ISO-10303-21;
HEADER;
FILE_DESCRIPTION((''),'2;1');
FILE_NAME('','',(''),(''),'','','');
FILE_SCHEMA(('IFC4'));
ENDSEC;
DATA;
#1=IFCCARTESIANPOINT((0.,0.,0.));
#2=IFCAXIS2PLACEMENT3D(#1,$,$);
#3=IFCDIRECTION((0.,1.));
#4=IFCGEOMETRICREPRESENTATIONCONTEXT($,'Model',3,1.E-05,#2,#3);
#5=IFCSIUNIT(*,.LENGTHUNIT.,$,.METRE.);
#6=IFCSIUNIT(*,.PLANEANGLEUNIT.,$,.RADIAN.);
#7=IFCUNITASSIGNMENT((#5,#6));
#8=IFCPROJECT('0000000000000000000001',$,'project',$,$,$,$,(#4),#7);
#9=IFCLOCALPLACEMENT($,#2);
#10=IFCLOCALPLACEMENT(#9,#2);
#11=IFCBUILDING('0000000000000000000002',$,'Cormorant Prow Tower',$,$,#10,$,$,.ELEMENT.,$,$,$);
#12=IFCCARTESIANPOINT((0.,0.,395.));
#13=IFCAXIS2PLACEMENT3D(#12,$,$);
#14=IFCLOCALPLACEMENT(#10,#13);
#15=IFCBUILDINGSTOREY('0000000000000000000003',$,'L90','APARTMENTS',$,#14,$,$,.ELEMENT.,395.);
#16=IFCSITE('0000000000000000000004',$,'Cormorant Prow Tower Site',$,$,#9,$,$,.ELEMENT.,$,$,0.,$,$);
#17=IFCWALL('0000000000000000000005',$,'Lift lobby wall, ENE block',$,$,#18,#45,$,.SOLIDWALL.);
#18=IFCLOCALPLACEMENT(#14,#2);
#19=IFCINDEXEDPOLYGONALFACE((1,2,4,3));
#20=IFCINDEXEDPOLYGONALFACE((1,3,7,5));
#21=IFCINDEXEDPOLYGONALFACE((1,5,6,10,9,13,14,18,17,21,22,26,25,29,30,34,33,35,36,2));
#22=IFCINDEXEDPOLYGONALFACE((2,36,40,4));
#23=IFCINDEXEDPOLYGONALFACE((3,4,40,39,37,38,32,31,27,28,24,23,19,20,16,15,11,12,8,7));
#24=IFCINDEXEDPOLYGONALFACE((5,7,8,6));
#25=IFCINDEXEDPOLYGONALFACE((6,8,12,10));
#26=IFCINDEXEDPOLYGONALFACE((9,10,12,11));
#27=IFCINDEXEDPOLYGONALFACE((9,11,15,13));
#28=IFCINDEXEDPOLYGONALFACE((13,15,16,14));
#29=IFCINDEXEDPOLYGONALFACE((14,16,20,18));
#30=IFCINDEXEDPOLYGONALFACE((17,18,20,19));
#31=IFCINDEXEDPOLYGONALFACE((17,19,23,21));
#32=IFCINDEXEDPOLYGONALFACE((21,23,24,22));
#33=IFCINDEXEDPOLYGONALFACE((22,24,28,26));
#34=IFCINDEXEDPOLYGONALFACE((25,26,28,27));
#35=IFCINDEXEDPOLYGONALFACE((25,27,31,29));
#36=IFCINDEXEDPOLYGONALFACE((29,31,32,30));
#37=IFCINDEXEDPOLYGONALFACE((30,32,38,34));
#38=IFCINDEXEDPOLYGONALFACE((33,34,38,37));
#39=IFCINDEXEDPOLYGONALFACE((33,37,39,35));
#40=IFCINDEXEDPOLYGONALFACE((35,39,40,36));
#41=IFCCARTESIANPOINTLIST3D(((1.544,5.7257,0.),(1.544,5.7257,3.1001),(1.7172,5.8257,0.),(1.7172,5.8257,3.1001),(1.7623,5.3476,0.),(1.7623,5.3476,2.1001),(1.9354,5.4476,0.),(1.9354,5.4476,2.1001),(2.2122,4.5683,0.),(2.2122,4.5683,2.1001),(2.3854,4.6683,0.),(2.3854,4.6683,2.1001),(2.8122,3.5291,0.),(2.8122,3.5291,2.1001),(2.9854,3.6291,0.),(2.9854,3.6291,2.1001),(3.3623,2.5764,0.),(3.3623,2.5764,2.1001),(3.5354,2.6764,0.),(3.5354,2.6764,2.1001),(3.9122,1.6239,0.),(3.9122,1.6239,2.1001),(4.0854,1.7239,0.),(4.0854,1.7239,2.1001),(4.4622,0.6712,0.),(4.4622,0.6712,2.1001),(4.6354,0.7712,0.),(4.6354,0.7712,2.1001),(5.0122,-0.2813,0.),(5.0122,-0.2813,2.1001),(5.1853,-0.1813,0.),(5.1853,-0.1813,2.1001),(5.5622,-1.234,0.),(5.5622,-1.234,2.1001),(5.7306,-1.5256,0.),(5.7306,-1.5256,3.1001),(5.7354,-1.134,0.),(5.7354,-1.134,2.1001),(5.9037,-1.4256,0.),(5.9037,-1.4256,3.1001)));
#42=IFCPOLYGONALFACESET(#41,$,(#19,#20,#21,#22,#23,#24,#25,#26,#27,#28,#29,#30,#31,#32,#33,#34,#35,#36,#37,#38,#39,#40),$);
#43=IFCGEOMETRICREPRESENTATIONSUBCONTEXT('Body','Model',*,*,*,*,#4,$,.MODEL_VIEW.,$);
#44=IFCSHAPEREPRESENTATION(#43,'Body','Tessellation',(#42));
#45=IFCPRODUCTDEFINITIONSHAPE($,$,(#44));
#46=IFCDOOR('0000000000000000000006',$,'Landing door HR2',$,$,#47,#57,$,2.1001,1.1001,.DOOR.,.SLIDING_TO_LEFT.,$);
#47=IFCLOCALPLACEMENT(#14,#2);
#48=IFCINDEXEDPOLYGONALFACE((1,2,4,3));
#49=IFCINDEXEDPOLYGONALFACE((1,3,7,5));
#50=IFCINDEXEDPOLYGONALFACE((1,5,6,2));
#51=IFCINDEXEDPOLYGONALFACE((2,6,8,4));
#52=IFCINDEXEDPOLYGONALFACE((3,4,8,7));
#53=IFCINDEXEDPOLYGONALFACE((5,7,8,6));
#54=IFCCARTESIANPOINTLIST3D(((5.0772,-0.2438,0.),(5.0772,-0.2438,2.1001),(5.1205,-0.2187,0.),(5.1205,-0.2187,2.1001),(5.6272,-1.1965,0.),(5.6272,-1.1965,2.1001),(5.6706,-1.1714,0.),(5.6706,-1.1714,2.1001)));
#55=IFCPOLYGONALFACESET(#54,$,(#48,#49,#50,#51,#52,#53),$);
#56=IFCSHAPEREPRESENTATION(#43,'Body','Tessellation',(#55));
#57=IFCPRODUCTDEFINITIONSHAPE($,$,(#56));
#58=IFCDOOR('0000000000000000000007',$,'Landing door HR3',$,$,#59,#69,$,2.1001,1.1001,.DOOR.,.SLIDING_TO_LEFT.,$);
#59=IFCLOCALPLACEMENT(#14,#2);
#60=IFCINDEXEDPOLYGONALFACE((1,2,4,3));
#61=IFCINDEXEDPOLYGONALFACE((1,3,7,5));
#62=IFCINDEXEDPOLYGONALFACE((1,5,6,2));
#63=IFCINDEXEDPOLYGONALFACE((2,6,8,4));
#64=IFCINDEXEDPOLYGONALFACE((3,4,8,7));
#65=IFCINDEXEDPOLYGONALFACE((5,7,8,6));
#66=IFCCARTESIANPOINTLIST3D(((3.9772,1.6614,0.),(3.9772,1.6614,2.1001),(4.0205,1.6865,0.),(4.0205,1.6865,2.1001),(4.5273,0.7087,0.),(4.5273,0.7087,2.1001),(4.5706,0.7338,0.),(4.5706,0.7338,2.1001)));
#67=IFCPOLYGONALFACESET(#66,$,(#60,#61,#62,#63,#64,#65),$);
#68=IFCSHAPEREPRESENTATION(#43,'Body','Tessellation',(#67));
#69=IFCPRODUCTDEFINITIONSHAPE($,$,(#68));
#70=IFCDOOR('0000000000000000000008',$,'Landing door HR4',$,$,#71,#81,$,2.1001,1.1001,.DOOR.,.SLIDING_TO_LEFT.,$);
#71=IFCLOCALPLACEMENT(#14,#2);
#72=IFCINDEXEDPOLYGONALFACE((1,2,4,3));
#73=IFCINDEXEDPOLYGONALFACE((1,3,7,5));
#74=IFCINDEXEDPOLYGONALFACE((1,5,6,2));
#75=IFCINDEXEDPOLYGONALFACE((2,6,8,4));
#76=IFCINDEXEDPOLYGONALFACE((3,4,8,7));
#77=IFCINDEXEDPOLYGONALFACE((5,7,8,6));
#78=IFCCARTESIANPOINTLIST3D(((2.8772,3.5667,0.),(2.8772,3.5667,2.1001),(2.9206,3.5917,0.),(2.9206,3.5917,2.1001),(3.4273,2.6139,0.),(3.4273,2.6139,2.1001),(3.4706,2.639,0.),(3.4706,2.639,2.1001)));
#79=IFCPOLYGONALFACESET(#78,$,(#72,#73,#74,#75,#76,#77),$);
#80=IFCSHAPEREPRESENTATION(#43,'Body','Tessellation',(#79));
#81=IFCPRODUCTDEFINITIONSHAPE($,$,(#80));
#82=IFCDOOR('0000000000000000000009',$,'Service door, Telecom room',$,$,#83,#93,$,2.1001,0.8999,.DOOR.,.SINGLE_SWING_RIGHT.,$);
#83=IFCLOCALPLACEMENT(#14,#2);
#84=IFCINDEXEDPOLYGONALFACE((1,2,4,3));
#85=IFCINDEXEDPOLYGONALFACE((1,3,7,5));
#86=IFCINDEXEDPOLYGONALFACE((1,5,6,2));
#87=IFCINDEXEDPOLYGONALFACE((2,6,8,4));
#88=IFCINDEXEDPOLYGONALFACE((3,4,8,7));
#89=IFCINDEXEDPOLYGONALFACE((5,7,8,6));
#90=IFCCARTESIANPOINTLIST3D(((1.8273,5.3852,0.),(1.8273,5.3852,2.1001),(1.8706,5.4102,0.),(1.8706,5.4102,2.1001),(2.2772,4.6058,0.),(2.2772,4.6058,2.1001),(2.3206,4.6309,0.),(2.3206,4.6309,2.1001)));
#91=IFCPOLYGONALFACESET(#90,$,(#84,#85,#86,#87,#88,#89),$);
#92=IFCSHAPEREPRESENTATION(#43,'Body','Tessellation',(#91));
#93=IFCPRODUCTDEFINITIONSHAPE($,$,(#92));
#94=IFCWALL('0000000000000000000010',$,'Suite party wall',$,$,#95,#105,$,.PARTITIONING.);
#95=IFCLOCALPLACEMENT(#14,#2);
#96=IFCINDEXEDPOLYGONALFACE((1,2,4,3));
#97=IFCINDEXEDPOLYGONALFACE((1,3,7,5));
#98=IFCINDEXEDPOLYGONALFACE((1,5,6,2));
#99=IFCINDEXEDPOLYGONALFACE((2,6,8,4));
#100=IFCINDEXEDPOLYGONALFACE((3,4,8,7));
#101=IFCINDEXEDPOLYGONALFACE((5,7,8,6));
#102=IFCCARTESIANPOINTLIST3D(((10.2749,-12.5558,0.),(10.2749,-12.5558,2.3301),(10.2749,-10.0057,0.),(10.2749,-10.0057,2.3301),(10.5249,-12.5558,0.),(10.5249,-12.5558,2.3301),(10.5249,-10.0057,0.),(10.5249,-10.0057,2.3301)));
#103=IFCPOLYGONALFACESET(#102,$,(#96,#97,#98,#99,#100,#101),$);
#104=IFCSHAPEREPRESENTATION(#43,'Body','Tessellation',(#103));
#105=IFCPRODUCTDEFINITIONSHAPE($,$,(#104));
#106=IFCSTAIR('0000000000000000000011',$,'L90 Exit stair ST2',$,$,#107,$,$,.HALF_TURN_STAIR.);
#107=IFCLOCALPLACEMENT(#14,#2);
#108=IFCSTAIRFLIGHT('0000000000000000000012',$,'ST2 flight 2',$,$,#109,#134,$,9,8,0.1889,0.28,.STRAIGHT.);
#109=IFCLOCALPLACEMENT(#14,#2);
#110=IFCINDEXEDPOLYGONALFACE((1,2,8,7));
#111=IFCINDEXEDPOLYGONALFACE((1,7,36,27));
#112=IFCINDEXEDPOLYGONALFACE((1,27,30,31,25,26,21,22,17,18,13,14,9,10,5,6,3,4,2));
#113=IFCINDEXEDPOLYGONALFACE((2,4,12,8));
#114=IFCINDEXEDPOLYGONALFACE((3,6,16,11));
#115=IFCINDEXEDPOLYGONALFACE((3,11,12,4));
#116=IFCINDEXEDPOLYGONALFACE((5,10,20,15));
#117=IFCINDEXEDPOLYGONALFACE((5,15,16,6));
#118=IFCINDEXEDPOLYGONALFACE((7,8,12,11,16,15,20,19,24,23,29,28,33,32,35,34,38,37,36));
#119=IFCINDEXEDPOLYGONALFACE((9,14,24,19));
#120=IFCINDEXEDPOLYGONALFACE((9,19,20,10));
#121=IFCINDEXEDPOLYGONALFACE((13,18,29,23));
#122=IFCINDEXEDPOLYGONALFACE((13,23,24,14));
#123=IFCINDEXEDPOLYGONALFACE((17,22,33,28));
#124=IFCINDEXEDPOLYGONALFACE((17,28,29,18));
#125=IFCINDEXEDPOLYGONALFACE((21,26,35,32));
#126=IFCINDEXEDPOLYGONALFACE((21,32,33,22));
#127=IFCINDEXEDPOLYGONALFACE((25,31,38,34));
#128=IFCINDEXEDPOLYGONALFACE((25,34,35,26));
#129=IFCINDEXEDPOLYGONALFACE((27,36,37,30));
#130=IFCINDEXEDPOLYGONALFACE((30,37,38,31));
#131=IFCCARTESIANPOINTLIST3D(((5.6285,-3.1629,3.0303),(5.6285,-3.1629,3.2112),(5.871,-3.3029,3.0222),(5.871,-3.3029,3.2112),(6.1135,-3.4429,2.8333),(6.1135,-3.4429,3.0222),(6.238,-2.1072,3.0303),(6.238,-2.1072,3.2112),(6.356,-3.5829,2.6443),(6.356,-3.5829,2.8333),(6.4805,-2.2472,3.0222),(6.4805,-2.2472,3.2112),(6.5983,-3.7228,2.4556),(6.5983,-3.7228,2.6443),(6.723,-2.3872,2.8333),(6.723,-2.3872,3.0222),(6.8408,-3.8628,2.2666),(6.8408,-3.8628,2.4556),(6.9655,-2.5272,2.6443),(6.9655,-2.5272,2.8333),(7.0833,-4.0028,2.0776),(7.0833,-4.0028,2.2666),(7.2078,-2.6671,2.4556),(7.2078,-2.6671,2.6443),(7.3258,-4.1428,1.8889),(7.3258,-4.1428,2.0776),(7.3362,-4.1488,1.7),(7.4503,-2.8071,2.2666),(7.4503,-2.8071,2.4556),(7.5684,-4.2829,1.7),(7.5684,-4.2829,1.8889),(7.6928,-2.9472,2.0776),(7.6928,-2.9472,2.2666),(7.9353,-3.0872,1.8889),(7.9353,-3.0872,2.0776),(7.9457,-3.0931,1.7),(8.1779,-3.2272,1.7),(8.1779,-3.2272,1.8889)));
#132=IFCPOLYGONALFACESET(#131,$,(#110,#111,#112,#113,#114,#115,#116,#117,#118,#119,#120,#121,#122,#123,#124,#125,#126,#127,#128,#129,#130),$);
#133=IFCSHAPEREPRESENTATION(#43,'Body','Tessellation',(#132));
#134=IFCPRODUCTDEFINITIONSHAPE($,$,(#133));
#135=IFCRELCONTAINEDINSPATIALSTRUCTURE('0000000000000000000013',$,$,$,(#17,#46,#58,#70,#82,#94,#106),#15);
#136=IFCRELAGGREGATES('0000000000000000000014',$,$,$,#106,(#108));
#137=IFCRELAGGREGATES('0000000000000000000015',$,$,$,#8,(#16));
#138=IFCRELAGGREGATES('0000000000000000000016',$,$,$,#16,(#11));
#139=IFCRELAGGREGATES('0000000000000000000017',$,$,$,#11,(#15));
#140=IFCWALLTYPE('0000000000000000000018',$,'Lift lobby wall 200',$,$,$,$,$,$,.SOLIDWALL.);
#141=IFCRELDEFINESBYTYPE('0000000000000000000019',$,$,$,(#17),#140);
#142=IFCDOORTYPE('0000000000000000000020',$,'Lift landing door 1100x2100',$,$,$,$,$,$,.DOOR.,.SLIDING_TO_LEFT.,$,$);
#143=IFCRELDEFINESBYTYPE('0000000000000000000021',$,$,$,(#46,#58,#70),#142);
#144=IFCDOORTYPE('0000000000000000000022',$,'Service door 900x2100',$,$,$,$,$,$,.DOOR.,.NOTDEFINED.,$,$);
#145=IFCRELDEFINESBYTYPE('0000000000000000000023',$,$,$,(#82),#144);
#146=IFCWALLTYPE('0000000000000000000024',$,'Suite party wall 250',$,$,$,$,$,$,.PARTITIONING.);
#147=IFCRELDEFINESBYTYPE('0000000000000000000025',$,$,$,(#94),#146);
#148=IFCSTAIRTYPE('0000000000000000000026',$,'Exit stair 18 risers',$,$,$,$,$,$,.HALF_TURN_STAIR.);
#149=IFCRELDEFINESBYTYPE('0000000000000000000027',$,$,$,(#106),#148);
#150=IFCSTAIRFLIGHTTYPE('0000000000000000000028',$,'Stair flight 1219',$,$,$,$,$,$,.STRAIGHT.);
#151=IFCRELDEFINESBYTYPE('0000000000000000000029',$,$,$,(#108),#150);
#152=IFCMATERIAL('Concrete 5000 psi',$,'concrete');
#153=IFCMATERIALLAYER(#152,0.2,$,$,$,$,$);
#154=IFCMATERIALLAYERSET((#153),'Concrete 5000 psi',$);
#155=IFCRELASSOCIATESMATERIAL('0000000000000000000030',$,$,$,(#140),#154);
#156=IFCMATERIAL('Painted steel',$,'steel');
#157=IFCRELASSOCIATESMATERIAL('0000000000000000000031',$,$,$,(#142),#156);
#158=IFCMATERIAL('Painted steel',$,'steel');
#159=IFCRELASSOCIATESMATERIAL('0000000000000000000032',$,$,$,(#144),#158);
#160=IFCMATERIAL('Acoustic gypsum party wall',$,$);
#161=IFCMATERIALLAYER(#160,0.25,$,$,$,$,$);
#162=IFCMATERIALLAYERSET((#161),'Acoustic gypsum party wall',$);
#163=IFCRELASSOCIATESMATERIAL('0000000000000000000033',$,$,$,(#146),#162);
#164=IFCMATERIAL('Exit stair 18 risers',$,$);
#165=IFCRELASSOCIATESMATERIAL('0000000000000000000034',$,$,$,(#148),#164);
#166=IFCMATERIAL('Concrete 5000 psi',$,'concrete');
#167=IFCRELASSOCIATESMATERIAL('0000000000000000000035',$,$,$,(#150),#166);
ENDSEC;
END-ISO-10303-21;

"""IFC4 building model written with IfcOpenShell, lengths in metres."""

from ifc_helpers import new_model, si_unit, direction, frame, frame_2d, origin, place, context, subcontext, project, spatial, polyline, rectangle, outline, extrude, material, layer, layer_set, type_object, element, fill, aggregate, save


model = new_model("IFC4")

# Units and contexts
model_context = context("Model", 3, precision=1e-05, world=origin(), true_north=direction((0.0, 1.0)))
body_context = subcontext(model_context, "Body", "Model", "MODEL_VIEW")
ifc_project = project(units=[si_unit("LENGTHUNIT", "METRE"), si_unit("PLANEANGLEUNIT", "RADIAN")], contexts=[model_context])

# Site, building, storey
site_placement = place(None, origin())
site = spatial("IfcSite", under=ifc_project, at=site_placement, Name="Cormorant Prow Tower Site", CompositionType="ELEMENT", RefElevation=0.0)
building_placement = place(site_placement, origin())
building = spatial("IfcBuilding", under=site, at=building_placement, Name="Cormorant Prow Tower", CompositionType="ELEMENT")
storey_placement = place(building_placement, frame((0.0, 0.0, 395.0)))
storey = spatial("IfcBuildingStorey", under=building, at=storey_placement, Name="L90", Description="APARTMENTS", CompositionType="ELEMENT", Elevation=395.0)

# Wall, openings, doors
ifc_material_1 = material(Name="Concrete 5000 psi", Category="concrete")
ifc_layer_1 = layer(ifc_material_1, 0.2)
ifc_layer_set_1 = layer_set([ifc_layer_1], Name="Concrete 5000 psi")
wall_type_1 = type_object("IfcWallType", Name="Lift lobby wall 200", PredefinedType="SOLIDWALL", material=ifc_layer_set_1)
wall_1_placement = place(storey_placement, frame((5.8171, -1.4756, 0.0), z_axis=(0.0, 0.0, 1.0), x_axis=(-0.500003, 0.866024, 0.0)))
wall_1 = element("IfcWall", 1, at=wall_1_placement, inside=storey, type_object=wall_type_1, Name="Lift lobby wall, ENE block", PredefinedType="SOLIDWALL", context=body_context, shape_type="SweptSolid", body=[
    extrude(rectangle(XDim=8.373, YDim=0.2, at=frame_2d((4.1865, 0.0))), origin(), (0.0, 0.0, 1.0), 3.1001),
])
opening_1_placement = place(wall_1_placement, frame((0.3367, 0.0, 0.0)))
opening_1 = element("IfcOpeningElement", 2, at=opening_1_placement, cuts=wall_1, PredefinedType="OPENING", context=body_context, shape_type="SweptSolid", body=[
    extrude(rectangle(XDim=1.1001, YDim=2.1001, at=frame_2d((0.55, 1.05))), frame((0.0, 0.1099, 0.0), z_axis=(0.0, -1.0, 0.0), x_axis=(1.0, 0.0, 0.0)), (0.0, 0.0, 1.0), 0.22),
])
opening_2_placement = place(wall_1_placement, frame((2.5366, 0.0, 0.0)))
opening_2 = element("IfcOpeningElement", 3, at=opening_2_placement, cuts=wall_1, PredefinedType="OPENING", context=body_context, shape_type="SweptSolid", body=[
    extrude(rectangle(XDim=1.1001, YDim=2.1001, at=frame_2d((0.55, 1.05))), frame((0.0, 0.1099, 0.0), z_axis=(0.0, -1.0, 0.0), x_axis=(1.0, 0.0, 0.0)), (0.0, 0.0, 1.0), 0.22),
])
opening_3_placement = place(wall_1_placement, frame((4.7366, 0.0, 0.0)))
opening_3 = element("IfcOpeningElement", 4, at=opening_3_placement, cuts=wall_1, PredefinedType="OPENING", context=body_context, shape_type="SweptSolid", body=[
    extrude(rectangle(XDim=1.1001, YDim=2.1001, at=frame_2d((0.55, 1.05))), frame((0.0, 0.1099, 0.0), z_axis=(0.0, -1.0, 0.0), x_axis=(1.0, 0.0, 0.0)), (0.0, 0.0, 1.0), 0.22),
])
opening_4_placement = place(wall_1_placement, frame((7.0366, 0.0, 0.0)))
opening_4 = element("IfcOpeningElement", 5, at=opening_4_placement, cuts=wall_1, PredefinedType="OPENING", context=body_context, shape_type="SweptSolid", body=[
    extrude(rectangle(XDim=0.8999, YDim=2.1001, at=frame_2d((0.45, 1.05))), frame((0.0, 0.1099, 0.0), z_axis=(0.0, -1.0, 0.0), x_axis=(1.0, 0.0, 0.0)), (0.0, 0.0, 1.0), 0.22),
])
ifc_material_2 = material(Name="Painted steel", Category="steel")
door_type_1 = type_object("IfcDoorType", Name="Lift landing door 1100x2100", OperationType="SLIDING_TO_LEFT", PredefinedType="DOOR", material=ifc_material_2)
door_1_placement = place(opening_1_placement, origin())
door_1 = element("IfcDoor", 6, at=door_1_placement, inside=storey, type_object=door_type_1, Name="Landing door HR2", OperationType="SLIDING_TO_LEFT", OverallHeight=2.1001, OverallWidth=1.1001, PredefinedType="DOOR", context=body_context, shape_type="SweptSolid", body=[
    extrude(rectangle(XDim=1.1001, YDim=2.1001, at=frame_2d((0.55, 1.05))), frame((0.0, 0.0249, 0.0), z_axis=(0.0, -1.0, 0.0), x_axis=(1.0, 0.0, 0.0)), (0.0, 0.0, 1.0), 0.05),
])
fill(opening_1, door_1)
door_2_placement = place(opening_2_placement, origin())
door_2 = element("IfcDoor", 7, at=door_2_placement, inside=storey, type_object=door_type_1, Name="Landing door HR3", OperationType="SLIDING_TO_LEFT", OverallHeight=2.1001, OverallWidth=1.1001, PredefinedType="DOOR", context=body_context, shape_type="SweptSolid", body=[
    extrude(rectangle(XDim=1.1001, YDim=2.1001, at=frame_2d((0.55, 1.05))), frame((0.0, 0.0249, 0.0), z_axis=(0.0, -1.0, 0.0), x_axis=(1.0, 0.0, 0.0)), (0.0, 0.0, 1.0), 0.05),
])
fill(opening_2, door_2)
door_3_placement = place(opening_3_placement, origin())
door_3 = element("IfcDoor", 8, at=door_3_placement, inside=storey, type_object=door_type_1, Name="Landing door HR4", OperationType="SLIDING_TO_LEFT", OverallHeight=2.1001, OverallWidth=1.1001, PredefinedType="DOOR", context=body_context, shape_type="SweptSolid", body=[
    extrude(rectangle(XDim=1.1001, YDim=2.1001, at=frame_2d((0.55, 1.05))), frame((0.0, 0.0249, 0.0), z_axis=(0.0, -1.0, 0.0), x_axis=(1.0, 0.0, 0.0)), (0.0, 0.0, 1.0), 0.05),
])
fill(opening_3, door_3)
ifc_material_3 = material(Name="Painted steel", Category="steel")
door_type_2 = type_object("IfcDoorType", Name="Service door 900x2100", OperationType="NOTDEFINED", PredefinedType="DOOR", material=ifc_material_3)
door_4_placement = place(opening_4_placement, origin())
door_4 = element("IfcDoor", 9, at=door_4_placement, inside=storey, type_object=door_type_2, Name="Service door, Telecom room", OperationType="SINGLE_SWING_RIGHT", OverallHeight=2.1001, OverallWidth=0.8999, PredefinedType="DOOR", context=body_context, shape_type="SweptSolid", body=[
    extrude(rectangle(XDim=0.8999, YDim=2.1001, at=frame_2d((0.45, 1.05))), frame((0.0, 0.0249, 0.0), z_axis=(0.0, -1.0, 0.0), x_axis=(1.0, 0.0, 0.0)), (0.0, 0.0, 1.0), 0.05),
])
fill(opening_4, door_4)

# Wall
ifc_material_4 = material(Name="Acoustic gypsum party wall")
ifc_layer_2 = layer(ifc_material_4, 0.25)
ifc_layer_set_2 = layer_set([ifc_layer_2], Name="Acoustic gypsum party wall")
wall_type_2 = type_object("IfcWallType", Name="Suite party wall 250", PredefinedType="PARTITIONING", material=ifc_layer_set_2)
wall_2_placement = place(storey_placement, frame((10.3999, -12.5557, 0.0), z_axis=(0.0, 0.0, 1.0), x_axis=(0.0, 1.0, 0.0)))
element("IfcWall", 10, at=wall_2_placement, inside=storey, type_object=wall_type_2, Name="Suite party wall", PredefinedType="PARTITIONING", context=body_context, shape_type="SweptSolid", body=[
    extrude(rectangle(XDim=2.55, YDim=0.25, at=frame_2d((1.2749, 0.0))), origin(), (0.0, 0.0, 1.0), 2.3301),
])

# Stair, stair flight
ifc_material_5 = material(Name="Exit stair 18 risers")
stair_type = type_object("IfcStairType", Name="Exit stair 18 risers", PredefinedType="HALF_TURN_STAIR", material=ifc_material_5)
stair_placement = place(storey_placement, origin())
stair = element("IfcStair", 11, at=stair_placement, inside=storey, type_object=stair_type, Name="L90 Exit stair ST2", PredefinedType="HALF_TURN_STAIR")
ifc_material_6 = material(Name="Concrete 5000 psi", Category="concrete")
stair_flight_type = type_object("IfcStairFlightType", Name="Stair flight 1219", PredefinedType="STRAIGHT", material=ifc_material_6)
stair_flight_placement = place(storey_placement, frame((7.873, -3.7551, 1.7), z_axis=(0.0, 0.0, 1.0), x_axis=(-0.866025, 0.5, 0.0)))
stair_flight = element("IfcStairFlight", 12, at=stair_flight_placement, type_object=stair_flight_type, Name="ST2 flight 2", NumberOfRisers=9, NumberOfTreads=8, PredefinedType="STRAIGHT", RiserHeight=0.1889, TreadLength=0.28, context=body_context, shape_type="SweptSolid", body=[
    extrude(outline(polyline([(0.0, 0.0), (0.0, 0.189), (0.28, 0.189), (0.28, 0.3777), (0.5601, 0.3777), (0.5601, 0.5667), (0.8401, 0.5667), (0.8401, 0.7556), (1.1201, 0.7556), (1.1201, 0.9443), (1.3999, 0.9443), (1.3999, 1.1333), (1.6799, 1.1333), (1.6799, 1.3223), (1.96, 1.3223), (1.96, 1.5112), (2.24, 1.5112), (2.24, 1.7), (2.24, 1.3303), (0.2681, 0.0), (0.0, 0.0)])), frame((0.0, 0.6094, 0.0), z_axis=(0.0, -1.0, 0.0), x_axis=(1.0, 0.0, 0.0)), (0.0, 0.0, 1.0), 1.219),
])
aggregate(stair, [stair_flight])

save(model, "model.ifc")
